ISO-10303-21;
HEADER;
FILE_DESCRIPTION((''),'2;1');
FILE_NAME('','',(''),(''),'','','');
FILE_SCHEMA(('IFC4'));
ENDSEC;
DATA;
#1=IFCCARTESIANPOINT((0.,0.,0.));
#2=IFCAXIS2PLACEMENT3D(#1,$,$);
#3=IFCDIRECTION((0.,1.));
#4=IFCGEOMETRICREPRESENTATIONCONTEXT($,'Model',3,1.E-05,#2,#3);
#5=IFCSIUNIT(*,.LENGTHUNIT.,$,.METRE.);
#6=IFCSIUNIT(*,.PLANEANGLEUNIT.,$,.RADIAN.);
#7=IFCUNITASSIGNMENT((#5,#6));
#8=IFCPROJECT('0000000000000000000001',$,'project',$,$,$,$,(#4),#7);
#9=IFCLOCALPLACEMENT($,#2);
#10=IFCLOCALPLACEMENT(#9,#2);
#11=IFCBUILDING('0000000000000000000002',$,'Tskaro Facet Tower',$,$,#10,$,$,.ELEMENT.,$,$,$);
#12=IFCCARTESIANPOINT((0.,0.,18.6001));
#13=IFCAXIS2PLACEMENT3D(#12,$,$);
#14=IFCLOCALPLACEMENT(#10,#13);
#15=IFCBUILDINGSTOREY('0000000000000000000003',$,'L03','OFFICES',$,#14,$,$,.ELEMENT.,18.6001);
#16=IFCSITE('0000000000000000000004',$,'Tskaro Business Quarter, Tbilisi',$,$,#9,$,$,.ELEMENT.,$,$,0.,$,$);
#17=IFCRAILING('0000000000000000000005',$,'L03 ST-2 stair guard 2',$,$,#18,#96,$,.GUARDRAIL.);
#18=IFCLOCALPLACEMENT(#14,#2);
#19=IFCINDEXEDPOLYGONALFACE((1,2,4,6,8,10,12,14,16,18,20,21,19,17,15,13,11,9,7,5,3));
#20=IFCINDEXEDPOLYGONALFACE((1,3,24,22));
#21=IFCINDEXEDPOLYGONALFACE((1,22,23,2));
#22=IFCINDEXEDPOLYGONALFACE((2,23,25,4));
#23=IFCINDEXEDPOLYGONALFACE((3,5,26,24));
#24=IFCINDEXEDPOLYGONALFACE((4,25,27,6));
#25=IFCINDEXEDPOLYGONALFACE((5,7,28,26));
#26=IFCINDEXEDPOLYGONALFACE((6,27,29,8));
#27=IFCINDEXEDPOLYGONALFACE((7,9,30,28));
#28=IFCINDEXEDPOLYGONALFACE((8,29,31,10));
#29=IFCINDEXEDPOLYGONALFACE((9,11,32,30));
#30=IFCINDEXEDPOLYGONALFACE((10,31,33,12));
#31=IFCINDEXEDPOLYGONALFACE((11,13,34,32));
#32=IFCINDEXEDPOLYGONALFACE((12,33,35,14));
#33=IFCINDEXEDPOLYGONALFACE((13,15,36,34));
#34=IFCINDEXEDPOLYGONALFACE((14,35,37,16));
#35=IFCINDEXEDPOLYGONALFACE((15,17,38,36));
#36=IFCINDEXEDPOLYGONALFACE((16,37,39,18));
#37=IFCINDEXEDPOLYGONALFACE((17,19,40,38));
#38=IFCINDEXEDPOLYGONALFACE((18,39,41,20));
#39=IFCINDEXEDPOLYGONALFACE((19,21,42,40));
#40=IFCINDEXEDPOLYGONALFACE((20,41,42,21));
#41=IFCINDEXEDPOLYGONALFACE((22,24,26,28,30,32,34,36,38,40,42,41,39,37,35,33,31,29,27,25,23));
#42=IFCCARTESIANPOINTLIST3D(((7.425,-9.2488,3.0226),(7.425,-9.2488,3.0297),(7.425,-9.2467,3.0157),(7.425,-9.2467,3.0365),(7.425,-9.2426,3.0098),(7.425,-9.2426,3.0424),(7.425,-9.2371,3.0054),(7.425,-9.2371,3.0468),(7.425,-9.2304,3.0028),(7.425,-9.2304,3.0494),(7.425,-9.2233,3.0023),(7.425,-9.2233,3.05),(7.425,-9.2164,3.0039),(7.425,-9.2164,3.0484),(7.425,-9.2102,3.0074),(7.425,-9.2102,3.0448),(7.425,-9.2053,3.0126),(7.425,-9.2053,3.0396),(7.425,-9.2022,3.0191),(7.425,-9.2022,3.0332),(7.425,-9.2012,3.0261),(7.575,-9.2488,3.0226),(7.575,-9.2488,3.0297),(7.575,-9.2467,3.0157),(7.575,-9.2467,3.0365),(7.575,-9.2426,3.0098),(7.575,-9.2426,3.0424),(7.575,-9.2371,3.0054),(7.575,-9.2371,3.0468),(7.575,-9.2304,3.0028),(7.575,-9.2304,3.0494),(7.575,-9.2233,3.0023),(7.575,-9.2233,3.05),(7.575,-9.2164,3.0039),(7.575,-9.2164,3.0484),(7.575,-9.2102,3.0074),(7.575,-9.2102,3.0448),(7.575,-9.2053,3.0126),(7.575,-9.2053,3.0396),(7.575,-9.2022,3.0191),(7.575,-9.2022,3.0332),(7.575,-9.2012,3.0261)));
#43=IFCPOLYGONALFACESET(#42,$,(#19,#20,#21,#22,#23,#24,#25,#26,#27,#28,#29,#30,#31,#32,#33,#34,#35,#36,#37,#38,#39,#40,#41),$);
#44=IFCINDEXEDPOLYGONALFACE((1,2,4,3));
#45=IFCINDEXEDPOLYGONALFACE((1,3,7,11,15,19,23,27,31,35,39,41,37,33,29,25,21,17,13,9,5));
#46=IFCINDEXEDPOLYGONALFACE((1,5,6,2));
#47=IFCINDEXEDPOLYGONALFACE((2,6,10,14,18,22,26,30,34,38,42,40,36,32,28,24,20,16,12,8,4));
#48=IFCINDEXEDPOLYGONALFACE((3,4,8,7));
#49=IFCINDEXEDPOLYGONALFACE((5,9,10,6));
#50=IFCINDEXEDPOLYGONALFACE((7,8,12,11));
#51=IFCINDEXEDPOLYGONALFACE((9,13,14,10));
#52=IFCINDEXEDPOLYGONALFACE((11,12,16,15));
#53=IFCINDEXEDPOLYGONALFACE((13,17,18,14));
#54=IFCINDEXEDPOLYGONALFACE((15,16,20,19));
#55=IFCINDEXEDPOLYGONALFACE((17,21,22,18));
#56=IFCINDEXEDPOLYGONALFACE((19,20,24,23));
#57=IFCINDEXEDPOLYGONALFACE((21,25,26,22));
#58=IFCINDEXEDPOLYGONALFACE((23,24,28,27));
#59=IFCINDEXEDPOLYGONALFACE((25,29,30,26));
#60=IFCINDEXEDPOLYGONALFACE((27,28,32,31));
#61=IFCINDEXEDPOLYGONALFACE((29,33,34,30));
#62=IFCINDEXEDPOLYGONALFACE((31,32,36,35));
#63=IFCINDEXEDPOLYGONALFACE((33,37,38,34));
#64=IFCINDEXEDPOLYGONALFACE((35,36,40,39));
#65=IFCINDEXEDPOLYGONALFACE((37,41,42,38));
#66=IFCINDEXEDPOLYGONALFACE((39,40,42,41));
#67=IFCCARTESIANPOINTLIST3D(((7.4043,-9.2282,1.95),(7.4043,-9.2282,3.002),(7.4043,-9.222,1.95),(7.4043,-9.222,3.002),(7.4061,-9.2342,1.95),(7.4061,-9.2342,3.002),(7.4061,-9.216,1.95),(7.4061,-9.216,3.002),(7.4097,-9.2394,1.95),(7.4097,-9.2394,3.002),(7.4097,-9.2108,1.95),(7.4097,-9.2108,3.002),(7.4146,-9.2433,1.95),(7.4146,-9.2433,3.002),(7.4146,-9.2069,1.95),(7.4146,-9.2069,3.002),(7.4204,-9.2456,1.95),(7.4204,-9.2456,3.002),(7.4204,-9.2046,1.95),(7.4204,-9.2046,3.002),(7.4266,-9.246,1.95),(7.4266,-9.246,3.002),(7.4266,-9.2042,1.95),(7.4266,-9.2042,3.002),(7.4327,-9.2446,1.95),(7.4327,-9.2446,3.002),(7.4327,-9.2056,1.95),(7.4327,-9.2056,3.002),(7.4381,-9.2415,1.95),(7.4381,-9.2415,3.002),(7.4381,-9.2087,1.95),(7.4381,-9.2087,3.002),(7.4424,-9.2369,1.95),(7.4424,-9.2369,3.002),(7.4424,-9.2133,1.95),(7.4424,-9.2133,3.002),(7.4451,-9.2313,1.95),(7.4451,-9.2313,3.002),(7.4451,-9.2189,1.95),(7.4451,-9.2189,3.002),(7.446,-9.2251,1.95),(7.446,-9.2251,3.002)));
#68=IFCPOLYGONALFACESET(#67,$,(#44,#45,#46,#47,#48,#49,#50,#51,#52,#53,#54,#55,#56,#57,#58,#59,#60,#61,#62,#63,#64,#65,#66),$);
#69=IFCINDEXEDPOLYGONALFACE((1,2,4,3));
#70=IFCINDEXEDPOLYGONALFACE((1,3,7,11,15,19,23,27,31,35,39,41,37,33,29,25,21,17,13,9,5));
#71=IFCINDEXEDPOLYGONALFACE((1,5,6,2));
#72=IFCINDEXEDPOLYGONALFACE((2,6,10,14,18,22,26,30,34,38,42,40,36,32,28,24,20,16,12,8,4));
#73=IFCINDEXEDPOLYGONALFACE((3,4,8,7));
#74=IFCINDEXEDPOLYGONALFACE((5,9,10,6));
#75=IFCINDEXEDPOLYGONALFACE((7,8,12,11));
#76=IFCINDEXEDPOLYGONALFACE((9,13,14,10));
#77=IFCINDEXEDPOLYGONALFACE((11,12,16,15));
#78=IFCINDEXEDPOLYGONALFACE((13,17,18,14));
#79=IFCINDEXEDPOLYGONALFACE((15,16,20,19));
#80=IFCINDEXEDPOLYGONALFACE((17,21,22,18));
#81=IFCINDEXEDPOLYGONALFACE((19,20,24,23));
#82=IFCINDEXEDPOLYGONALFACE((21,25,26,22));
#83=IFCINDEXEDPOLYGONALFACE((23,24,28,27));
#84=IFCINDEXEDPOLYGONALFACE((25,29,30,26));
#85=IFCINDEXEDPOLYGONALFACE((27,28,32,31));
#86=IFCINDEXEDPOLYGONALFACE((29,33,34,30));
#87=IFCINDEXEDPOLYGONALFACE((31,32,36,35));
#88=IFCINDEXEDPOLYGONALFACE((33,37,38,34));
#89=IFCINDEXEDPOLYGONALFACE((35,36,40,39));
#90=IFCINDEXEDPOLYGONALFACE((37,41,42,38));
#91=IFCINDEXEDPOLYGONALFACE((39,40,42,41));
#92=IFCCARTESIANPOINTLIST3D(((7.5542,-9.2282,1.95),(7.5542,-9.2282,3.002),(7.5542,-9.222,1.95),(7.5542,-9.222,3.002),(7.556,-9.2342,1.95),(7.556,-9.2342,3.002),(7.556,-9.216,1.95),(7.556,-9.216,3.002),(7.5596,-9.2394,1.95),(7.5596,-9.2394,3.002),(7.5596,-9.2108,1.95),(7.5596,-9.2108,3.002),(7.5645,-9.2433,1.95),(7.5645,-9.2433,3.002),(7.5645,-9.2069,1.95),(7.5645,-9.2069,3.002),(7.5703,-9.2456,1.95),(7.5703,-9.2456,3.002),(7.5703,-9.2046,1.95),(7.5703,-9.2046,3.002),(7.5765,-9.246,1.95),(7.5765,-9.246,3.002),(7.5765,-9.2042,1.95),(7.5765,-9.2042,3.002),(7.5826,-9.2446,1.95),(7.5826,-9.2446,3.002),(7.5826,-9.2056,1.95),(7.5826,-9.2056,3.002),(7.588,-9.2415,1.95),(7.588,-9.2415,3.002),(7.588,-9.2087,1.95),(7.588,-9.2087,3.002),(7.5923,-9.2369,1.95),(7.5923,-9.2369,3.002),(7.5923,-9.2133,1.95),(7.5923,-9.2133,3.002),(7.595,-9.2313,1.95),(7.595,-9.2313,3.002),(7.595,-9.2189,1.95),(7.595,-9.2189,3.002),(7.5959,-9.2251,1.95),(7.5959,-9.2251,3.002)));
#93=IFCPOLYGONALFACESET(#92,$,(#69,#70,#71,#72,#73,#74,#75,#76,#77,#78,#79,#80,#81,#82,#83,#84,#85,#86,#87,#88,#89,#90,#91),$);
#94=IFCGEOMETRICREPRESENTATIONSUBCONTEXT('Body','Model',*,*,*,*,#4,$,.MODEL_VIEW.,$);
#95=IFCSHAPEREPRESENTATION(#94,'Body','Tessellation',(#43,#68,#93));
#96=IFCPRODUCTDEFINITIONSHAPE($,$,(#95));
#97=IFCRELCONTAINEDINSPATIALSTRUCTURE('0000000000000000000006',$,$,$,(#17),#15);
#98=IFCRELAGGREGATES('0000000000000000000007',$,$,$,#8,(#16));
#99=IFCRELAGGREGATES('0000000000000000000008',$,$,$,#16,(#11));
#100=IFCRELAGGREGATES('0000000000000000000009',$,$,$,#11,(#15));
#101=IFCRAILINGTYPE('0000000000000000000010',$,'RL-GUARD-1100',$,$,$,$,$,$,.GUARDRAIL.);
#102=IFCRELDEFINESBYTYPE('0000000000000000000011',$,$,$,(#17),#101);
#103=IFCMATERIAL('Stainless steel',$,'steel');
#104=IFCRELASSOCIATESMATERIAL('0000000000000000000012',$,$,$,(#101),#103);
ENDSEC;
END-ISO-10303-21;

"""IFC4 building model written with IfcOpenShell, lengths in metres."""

from ifc_helpers import new_model, si_unit, direction, frame, origin, origin_2d, place, context, subcontext, project, spatial, circle, extrude, material, type_object, element, save


model = new_model("IFC4")

# Units and contexts
model_context = context("Model", 3, precision=1e-05, world=origin(), true_north=direction((0.0, 1.0)))
body_context = subcontext(model_context, "Body", "Model", "MODEL_VIEW")
ifc_project = project(units=[si_unit("LENGTHUNIT", "METRE"), si_unit("PLANEANGLEUNIT", "RADIAN")], contexts=[model_context])

# Site, building, storey
site_placement = place(None, origin())
site = spatial("IfcSite", under=ifc_project, at=site_placement, Name="Tskaro Business Quarter, Tbilisi", CompositionType="ELEMENT", RefElevation=0.0)
building_placement = place(site_placement, origin())
building = spatial("IfcBuilding", under=site, at=building_placement, Name="Tskaro Facet Tower", CompositionType="ELEMENT")
storey_placement = place(building_placement, frame((0.0, 0.0, 18.6001)))
storey = spatial("IfcBuildingStorey", under=building, at=storey_placement, Name="L03", Description="OFFICES", CompositionType="ELEMENT", Elevation=18.6001)

# Railing
ifc_material_1 = material(Name="Stainless steel", Category="steel")
railing_type_1 = type_object("IfcRailingType", Name="RL-GUARD-1100", PredefinedType="GUARDRAIL", material=ifc_material_1)
railing_1_placement = place(storey_placement, frame((7.425, -9.2251, 1.95)))
element("IfcRailing", 1, at=railing_1_placement, inside=storey, type_object=railing_type_1, Name="L03 ST-2 stair guard 2", PredefinedType="GUARDRAIL", context=body_context, shape_type="SweptSolid", body=[
    extrude(circle(Radius=0.0239, at=origin_2d()), frame((0.0, 0.0, 1.0762), z_axis=(1.0, 0.0, 0.0), x_axis=(0.0, 1.0, 0.0)), (0.0, 0.0, 1.0), 0.1499),
    extrude(circle(Radius=0.021, at=origin_2d()), origin(), (0.0, 0.0, 1.0), 1.052),
    extrude(circle(Radius=0.021, at=origin_2d()), frame((0.1499, 0.0, 0.0)), (0.0, 0.0, 1.0), 1.052),
])

save(model, "model.ifc")
